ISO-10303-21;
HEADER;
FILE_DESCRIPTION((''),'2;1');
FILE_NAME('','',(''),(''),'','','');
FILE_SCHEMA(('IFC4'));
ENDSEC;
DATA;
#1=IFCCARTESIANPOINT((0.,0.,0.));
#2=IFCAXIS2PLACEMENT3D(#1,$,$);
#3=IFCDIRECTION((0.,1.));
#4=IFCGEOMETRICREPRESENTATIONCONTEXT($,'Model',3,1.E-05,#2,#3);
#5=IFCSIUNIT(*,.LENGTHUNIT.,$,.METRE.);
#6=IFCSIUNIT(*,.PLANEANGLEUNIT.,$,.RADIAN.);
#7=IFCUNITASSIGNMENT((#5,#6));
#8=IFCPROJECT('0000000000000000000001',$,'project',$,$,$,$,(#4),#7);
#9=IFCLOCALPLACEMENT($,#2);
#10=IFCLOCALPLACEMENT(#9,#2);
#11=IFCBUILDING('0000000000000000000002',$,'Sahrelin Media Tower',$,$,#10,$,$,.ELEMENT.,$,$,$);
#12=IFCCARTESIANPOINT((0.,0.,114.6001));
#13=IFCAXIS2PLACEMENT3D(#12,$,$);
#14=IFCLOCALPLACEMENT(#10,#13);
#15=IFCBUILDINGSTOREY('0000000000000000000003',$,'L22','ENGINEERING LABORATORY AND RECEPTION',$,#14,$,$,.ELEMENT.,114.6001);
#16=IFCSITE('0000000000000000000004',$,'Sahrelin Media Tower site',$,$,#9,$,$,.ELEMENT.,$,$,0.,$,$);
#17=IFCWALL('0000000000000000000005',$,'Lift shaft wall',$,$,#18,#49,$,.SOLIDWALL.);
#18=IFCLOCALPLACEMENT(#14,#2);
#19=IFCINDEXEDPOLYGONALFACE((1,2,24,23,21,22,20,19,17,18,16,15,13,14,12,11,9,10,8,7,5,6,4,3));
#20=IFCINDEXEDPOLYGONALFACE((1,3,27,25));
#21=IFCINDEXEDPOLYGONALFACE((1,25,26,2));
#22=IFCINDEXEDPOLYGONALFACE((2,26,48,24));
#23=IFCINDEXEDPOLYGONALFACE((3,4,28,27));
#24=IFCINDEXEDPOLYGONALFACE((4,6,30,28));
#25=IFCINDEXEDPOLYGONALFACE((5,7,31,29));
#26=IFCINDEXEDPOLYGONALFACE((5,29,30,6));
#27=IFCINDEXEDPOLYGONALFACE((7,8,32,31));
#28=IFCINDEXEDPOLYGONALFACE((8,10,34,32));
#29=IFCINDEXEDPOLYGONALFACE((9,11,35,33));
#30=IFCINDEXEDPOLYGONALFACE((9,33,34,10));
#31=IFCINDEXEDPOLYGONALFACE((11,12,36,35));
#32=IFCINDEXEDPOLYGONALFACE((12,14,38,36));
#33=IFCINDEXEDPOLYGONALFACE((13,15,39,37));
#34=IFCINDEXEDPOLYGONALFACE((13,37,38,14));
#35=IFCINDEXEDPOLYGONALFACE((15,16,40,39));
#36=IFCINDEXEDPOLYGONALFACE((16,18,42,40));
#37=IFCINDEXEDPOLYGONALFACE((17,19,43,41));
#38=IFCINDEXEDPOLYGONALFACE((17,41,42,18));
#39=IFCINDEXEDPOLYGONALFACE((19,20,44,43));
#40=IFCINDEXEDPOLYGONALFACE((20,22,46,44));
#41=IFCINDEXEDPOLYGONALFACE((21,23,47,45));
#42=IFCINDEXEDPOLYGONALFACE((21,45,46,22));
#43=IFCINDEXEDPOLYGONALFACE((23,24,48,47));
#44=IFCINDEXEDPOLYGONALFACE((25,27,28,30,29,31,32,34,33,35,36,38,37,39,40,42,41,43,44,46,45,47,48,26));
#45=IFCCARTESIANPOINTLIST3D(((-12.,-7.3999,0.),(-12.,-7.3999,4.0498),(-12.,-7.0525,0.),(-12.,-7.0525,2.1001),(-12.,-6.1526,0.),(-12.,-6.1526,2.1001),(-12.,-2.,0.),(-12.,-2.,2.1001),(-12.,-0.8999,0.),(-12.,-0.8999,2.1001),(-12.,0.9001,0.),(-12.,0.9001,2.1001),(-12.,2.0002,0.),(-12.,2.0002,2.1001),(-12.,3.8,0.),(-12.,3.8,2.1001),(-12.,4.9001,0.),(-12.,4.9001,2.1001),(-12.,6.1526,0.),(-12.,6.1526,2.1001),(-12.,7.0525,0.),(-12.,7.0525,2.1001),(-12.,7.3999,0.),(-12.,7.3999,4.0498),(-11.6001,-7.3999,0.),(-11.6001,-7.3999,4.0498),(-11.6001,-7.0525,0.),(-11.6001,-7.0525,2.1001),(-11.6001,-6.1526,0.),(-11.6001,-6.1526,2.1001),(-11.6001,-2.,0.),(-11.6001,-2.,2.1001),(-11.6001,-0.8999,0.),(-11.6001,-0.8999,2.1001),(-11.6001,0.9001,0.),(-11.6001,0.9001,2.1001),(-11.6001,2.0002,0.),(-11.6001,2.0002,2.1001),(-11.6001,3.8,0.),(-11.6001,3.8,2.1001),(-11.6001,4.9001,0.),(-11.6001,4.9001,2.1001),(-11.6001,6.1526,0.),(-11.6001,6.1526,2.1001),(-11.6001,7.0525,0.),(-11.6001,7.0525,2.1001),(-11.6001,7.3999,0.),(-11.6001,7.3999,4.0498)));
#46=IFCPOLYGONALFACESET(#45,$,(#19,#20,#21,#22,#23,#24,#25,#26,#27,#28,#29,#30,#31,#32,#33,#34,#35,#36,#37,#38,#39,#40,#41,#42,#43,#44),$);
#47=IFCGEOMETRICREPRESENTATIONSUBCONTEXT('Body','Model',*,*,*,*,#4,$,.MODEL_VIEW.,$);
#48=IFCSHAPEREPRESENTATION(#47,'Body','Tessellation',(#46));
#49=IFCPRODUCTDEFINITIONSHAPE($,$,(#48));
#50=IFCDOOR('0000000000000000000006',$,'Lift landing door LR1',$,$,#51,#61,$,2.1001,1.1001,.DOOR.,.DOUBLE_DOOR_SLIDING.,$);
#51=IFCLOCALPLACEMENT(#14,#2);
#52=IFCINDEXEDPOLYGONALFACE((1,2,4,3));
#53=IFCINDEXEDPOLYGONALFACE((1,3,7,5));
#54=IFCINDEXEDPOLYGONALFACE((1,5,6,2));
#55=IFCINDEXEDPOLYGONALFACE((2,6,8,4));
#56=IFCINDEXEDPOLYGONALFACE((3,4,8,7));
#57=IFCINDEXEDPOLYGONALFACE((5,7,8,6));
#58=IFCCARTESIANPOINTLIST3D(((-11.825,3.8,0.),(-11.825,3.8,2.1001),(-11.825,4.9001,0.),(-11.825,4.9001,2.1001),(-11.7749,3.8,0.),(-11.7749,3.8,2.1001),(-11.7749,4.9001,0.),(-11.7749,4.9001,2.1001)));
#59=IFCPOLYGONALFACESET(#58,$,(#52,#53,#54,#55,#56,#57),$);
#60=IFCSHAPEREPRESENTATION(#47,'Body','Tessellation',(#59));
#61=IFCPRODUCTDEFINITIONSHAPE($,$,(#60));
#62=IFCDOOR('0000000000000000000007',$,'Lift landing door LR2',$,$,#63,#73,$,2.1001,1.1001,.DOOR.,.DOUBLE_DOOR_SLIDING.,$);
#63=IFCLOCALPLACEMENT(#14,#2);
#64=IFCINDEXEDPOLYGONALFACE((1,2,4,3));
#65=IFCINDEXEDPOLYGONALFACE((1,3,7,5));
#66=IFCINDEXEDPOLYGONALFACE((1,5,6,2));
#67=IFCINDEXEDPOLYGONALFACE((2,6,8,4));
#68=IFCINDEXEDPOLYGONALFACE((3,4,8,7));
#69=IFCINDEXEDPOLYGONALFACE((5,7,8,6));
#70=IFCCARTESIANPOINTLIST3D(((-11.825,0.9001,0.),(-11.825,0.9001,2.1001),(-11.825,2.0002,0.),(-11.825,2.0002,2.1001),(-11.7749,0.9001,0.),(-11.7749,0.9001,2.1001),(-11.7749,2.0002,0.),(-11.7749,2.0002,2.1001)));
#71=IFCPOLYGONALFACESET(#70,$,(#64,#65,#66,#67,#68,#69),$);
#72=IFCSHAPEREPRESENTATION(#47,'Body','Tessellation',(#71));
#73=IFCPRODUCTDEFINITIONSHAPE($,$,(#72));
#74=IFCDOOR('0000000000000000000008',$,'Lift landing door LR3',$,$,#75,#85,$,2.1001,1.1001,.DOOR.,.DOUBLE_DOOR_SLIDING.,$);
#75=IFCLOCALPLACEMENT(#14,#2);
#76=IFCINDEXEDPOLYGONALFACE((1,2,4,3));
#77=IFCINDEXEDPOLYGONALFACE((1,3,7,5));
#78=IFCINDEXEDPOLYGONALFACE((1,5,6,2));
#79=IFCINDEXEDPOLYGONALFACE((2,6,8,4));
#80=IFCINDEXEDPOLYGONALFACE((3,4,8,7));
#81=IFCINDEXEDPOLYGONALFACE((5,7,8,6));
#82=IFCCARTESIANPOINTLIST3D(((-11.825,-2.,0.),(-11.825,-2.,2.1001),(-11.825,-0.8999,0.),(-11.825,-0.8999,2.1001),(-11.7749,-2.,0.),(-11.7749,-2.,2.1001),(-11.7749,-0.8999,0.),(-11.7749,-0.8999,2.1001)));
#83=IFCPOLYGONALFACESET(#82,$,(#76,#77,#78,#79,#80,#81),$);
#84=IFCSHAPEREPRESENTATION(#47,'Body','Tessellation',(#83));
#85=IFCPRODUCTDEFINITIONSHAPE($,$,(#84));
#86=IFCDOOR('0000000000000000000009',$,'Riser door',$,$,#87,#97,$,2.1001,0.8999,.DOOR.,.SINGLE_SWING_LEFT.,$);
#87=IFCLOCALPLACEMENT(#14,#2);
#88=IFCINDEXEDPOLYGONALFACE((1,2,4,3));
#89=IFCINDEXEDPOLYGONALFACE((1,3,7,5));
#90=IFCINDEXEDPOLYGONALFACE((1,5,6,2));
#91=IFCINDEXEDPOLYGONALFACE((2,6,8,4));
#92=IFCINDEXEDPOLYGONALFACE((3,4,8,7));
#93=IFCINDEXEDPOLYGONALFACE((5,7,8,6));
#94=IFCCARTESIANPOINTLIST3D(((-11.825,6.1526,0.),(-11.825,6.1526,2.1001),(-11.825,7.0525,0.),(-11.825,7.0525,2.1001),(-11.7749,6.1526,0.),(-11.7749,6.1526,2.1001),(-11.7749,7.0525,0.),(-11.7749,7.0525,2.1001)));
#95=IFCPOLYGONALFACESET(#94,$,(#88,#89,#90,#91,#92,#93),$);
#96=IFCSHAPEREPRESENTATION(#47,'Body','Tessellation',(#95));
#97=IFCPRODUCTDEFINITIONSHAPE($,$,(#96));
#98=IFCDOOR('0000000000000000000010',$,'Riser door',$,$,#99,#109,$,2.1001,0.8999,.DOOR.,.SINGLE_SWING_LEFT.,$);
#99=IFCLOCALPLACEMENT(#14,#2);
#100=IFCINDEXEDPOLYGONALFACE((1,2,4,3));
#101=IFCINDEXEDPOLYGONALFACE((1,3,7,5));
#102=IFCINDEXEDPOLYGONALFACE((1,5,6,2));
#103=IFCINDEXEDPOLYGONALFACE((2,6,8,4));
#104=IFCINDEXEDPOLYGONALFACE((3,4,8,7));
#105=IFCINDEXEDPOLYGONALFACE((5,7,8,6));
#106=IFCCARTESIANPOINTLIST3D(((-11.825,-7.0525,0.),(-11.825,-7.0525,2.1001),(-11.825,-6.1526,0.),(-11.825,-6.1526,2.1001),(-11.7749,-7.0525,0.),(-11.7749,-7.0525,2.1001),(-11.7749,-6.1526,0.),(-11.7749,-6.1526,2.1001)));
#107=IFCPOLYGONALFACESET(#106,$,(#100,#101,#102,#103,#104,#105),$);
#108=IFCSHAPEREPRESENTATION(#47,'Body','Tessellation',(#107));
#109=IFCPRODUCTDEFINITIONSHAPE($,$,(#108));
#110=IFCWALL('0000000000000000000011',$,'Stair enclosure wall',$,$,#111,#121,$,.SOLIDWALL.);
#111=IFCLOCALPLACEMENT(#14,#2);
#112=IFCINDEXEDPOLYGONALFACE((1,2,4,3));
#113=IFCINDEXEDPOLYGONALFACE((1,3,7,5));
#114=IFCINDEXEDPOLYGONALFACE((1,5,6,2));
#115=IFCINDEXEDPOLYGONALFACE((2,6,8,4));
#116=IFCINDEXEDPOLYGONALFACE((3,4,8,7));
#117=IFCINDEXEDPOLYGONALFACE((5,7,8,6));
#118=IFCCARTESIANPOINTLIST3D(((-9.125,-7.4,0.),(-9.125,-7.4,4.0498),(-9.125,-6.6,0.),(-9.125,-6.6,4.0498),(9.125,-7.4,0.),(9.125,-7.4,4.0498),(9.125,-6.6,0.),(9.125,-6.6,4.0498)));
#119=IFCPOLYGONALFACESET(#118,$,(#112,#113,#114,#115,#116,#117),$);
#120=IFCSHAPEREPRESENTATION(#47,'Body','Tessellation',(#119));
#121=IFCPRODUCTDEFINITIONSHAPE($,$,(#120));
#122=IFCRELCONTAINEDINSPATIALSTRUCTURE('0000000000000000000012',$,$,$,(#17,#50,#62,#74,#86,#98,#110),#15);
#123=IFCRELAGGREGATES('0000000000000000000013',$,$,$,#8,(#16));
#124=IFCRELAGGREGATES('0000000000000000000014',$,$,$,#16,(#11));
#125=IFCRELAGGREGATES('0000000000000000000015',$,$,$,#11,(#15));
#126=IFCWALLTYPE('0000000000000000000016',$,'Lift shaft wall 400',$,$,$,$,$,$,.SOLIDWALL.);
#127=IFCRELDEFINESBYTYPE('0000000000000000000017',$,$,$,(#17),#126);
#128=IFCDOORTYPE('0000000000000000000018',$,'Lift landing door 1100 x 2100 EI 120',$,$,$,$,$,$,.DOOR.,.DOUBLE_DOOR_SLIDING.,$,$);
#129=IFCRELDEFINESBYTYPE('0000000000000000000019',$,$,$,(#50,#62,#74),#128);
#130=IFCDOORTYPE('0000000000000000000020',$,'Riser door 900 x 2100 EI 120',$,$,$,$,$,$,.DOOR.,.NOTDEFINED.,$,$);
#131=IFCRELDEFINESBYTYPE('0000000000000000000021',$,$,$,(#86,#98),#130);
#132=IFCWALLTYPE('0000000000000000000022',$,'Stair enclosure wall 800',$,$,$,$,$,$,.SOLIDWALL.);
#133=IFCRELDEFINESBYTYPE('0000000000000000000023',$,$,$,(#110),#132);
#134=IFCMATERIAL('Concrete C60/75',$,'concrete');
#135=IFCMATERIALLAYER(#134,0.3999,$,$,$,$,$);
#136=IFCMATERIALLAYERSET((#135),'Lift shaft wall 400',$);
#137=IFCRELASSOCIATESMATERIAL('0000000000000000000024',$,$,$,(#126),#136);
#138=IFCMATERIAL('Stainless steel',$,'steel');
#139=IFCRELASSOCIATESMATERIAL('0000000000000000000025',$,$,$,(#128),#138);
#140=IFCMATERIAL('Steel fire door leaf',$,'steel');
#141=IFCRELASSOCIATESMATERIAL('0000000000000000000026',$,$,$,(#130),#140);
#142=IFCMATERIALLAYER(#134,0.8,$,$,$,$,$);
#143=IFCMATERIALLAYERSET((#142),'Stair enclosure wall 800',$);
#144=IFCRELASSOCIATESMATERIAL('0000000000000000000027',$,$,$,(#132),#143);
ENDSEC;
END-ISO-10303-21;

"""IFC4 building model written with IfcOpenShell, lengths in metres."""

from ifc_helpers import new_model, si_unit, direction, frame, frame_2d, origin, place, context, subcontext, project, spatial, rectangle, extrude, material, layer, layer_set, type_object, element, fill, save


model = new_model("IFC4")

# Units and contexts
model_context = context("Model", 3, precision=1e-05, world=origin(), true_north=direction((0.0, 1.0)))
body_context = subcontext(model_context, "Body", "Model", "MODEL_VIEW")
ifc_project = project(units=[si_unit("LENGTHUNIT", "METRE"), si_unit("PLANEANGLEUNIT", "RADIAN")], contexts=[model_context])

# Site, building, storey
site_placement = place(None, origin())
site = spatial("IfcSite", under=ifc_project, at=site_placement, Name="Sahrelin Media Tower site", CompositionType="ELEMENT", RefElevation=0.0)
building_placement = place(site_placement, origin())
building = spatial("IfcBuilding", under=site, at=building_placement, Name="Sahrelin Media Tower", CompositionType="ELEMENT")
storey_placement = place(building_placement, frame((0.0, 0.0, 114.6001)))
storey = spatial("IfcBuildingStorey", under=building, at=storey_placement, Name="L22", Description="ENGINEERING LABORATORY AND RECEPTION", CompositionType="ELEMENT", Elevation=114.6001)

# Shared definitions
ifc_material_1 = material(Name="Concrete C60/75", Category="concrete")
ifc_material_2 = material(Name="Steel fire door leaf", Category="steel")

# Wall, openings, doors
ifc_layer_1 = layer(ifc_material_1, 0.3999)
ifc_layer_set_1 = layer_set([ifc_layer_1], Name="Lift shaft wall 400")
wall_type_1 = type_object("IfcWallType", Name="Lift shaft wall 400", PredefinedType="SOLIDWALL", material=ifc_layer_set_1)
wall_1_placement = place(storey_placement, frame((-11.8, -7.3999, 0.0), z_axis=(0.0, 0.0, 1.0), x_axis=(0.0, 1.0, 0.0)))
wall_1 = element("IfcWall", 1, at=wall_1_placement, inside=storey, type_object=wall_type_1, Name="Lift shaft wall", PredefinedType="SOLIDWALL", context=body_context, shape_type="SweptSolid", body=[
    extrude(rectangle(XDim=14.7998, YDim=0.3999, at=frame_2d((7.3999, 0.0))), origin(), (0.0, 0.0, 1.0), 4.0498),
])
opening_1_placement = place(wall_1_placement, frame((11.2, 0.0, 0.0)))
opening_1 = element("IfcOpeningElement", 2, at=opening_1_placement, cuts=wall_1, PredefinedType="OPENING", context=body_context, shape_type="SweptSolid", body=[
    extrude(rectangle(XDim=1.1001, YDim=2.1001, at=frame_2d((0.55, 1.05))), frame((0.0, 0.2, 0.0), z_axis=(0.0, -1.0, 0.0), x_axis=(1.0, 0.0, 0.0)), (0.0, 0.0, 1.0), 0.3999),
])
opening_2_placement = place(wall_1_placement, frame((8.3, 0.0, 0.0)))
opening_2 = element("IfcOpeningElement", 3, at=opening_2_placement, cuts=wall_1, PredefinedType="OPENING", context=body_context, shape_type="SweptSolid", body=[
    extrude(rectangle(XDim=1.1001, YDim=2.1001, at=frame_2d((0.55, 1.05))), frame((0.0, 0.2, 0.0), z_axis=(0.0, -1.0, 0.0), x_axis=(1.0, 0.0, 0.0)), (0.0, 0.0, 1.0), 0.3999),
])
opening_3_placement = place(wall_1_placement, frame((5.3999, 0.0, 0.0)))
opening_3 = element("IfcOpeningElement", 4, at=opening_3_placement, cuts=wall_1, PredefinedType="OPENING", context=body_context, shape_type="SweptSolid", body=[
    extrude(rectangle(XDim=1.1001, YDim=2.1001, at=frame_2d((0.55, 1.05))), frame((0.0, 0.2, 0.0), z_axis=(0.0, -1.0, 0.0), x_axis=(1.0, 0.0, 0.0)), (0.0, 0.0, 1.0), 0.3999),
])
opening_4_placement = place(wall_1_placement, frame((13.5525, 0.0, 0.0)))
opening_4 = element("IfcOpeningElement", 5, at=opening_4_placement, cuts=wall_1, PredefinedType="OPENING", context=body_context, shape_type="SweptSolid", body=[
    extrude(rectangle(XDim=0.8999, YDim=2.1001, at=frame_2d((0.45, 1.05))), frame((0.0, 0.2, 0.0), z_axis=(0.0, -1.0, 0.0), x_axis=(1.0, 0.0, 0.0)), (0.0, 0.0, 1.0), 0.3999),
])
opening_5_placement = place(wall_1_placement, frame((0.3474, 0.0, 0.0)))
opening_5 = element("IfcOpeningElement", 6, at=opening_5_placement, cuts=wall_1, PredefinedType="OPENING", context=body_context, shape_type="SweptSolid", body=[
    extrude(rectangle(XDim=0.8999, YDim=2.1001, at=frame_2d((0.45, 1.05))), frame((0.0, 0.2, 0.0), z_axis=(0.0, -1.0, 0.0), x_axis=(1.0, 0.0, 0.0)), (0.0, 0.0, 1.0), 0.3999),
])
ifc_material_3 = material(Name="Stainless steel", Category="steel")
door_type_1 = type_object("IfcDoorType", Name="Lift landing door 1100 x 2100 EI 120", OperationType="DOUBLE_DOOR_SLIDING", PredefinedType="DOOR", material=ifc_material_3)
door_1_placement = place(opening_1_placement, origin())
door_1 = element("IfcDoor", 7, at=door_1_placement, inside=storey, type_object=door_type_1, Name="Lift landing door LR1", OperationType="DOUBLE_DOOR_SLIDING", OverallHeight=2.1001, OverallWidth=1.1001, PredefinedType="DOOR", context=body_context, shape_type="SweptSolid", body=[
    extrude(rectangle(XDim=1.1001, YDim=2.1001, at=frame_2d((0.55, 1.05))), frame((0.0, 0.0249, 0.0), z_axis=(0.0, -1.0, 0.0), x_axis=(1.0, 0.0, 0.0)), (0.0, 0.0, 1.0), 0.05),
])
fill(opening_1, door_1)
door_2_placement = place(opening_2_placement, origin())
door_2 = element("IfcDoor", 8, at=door_2_placement, inside=storey, type_object=door_type_1, Name="Lift landing door LR2", OperationType="DOUBLE_DOOR_SLIDING", OverallHeight=2.1001, OverallWidth=1.1001, PredefinedType="DOOR", context=body_context, shape_type="SweptSolid", body=[
    extrude(rectangle(XDim=1.1001, YDim=2.1001, at=frame_2d((0.55, 1.05))), frame((0.0, 0.0249, 0.0), z_axis=(0.0, -1.0, 0.0), x_axis=(1.0, 0.0, 0.0)), (0.0, 0.0, 1.0), 0.05),
])
fill(opening_2, door_2)
door_3_placement = place(opening_3_placement, origin())
door_3 = element("IfcDoor", 9, at=door_3_placement, inside=storey, type_object=door_type_1, Name="Lift landing door LR3", OperationType="DOUBLE_DOOR_SLIDING", OverallHeight=2.1001, OverallWidth=1.1001, PredefinedType="DOOR", context=body_context, shape_type="SweptSolid", body=[
    extrude(rectangle(XDim=1.1001, YDim=2.1001, at=frame_2d((0.55, 1.05))), frame((0.0, 0.0249, 0.0), z_axis=(0.0, -1.0, 0.0), x_axis=(1.0, 0.0, 0.0)), (0.0, 0.0, 1.0), 0.05),
])
fill(opening_3, door_3)
door_type_2 = type_object("IfcDoorType", Name="Riser door 900 x 2100 EI 120", OperationType="NOTDEFINED", PredefinedType="DOOR", material=ifc_material_2)
door_4_placement = place(opening_4_placement, origin())
door_4 = element("IfcDoor", 10, at=door_4_placement, inside=storey, type_object=door_type_2, Name="Riser door", OperationType="SINGLE_SWING_LEFT", OverallHeight=2.1001, OverallWidth=0.8999, PredefinedType="DOOR", context=body_context, shape_type="SweptSolid", body=[
    extrude(rectangle(XDim=0.8999, YDim=2.1001, at=frame_2d((0.45, 1.05))), frame((0.0, 0.0249, 0.0), z_axis=(0.0, -1.0, 0.0), x_axis=(1.0, 0.0, 0.0)), (0.0, 0.0, 1.0), 0.05),
])
fill(opening_4, door_4)
door_5_placement = place(opening_5_placement, origin())
door_5 = element("IfcDoor", 11, at=door_5_placement, inside=storey, type_object=door_type_2, Name="Riser door", OperationType="SINGLE_SWING_LEFT", OverallHeight=2.1001, OverallWidth=0.8999, PredefinedType="DOOR", context=body_context, shape_type="SweptSolid", body=[
    extrude(rectangle(XDim=0.8999, YDim=2.1001, at=frame_2d((0.45, 1.05))), frame((0.0, 0.0249, 0.0), z_axis=(0.0, -1.0, 0.0), x_axis=(1.0, 0.0, 0.0)), (0.0, 0.0, 1.0), 0.05),
])
fill(opening_5, door_5)

# Wall
ifc_layer_2 = layer(ifc_material_1, 0.8)
ifc_layer_set_2 = layer_set([ifc_layer_2], Name="Stair enclosure wall 800")
wall_type_2 = type_object("IfcWallType", Name="Stair enclosure wall 800", PredefinedType="SOLIDWALL", material=ifc_layer_set_2)
wall_2_placement = place(storey_placement, frame((-9.125, -7.0, 0.0), z_axis=(0.0, 0.0, 1.0), x_axis=(1.0, 0.0, 0.0)))
element("IfcWall", 12, at=wall_2_placement, inside=storey, type_object=wall_type_2, Name="Stair enclosure wall", PredefinedType="SOLIDWALL", context=body_context, shape_type="SweptSolid", body=[
    extrude(rectangle(XDim=18.25, YDim=0.8, at=frame_2d((9.125, 0.0))), origin(), (0.0, 0.0, 1.0), 4.0498),
])

save(model, "model.ifc")
